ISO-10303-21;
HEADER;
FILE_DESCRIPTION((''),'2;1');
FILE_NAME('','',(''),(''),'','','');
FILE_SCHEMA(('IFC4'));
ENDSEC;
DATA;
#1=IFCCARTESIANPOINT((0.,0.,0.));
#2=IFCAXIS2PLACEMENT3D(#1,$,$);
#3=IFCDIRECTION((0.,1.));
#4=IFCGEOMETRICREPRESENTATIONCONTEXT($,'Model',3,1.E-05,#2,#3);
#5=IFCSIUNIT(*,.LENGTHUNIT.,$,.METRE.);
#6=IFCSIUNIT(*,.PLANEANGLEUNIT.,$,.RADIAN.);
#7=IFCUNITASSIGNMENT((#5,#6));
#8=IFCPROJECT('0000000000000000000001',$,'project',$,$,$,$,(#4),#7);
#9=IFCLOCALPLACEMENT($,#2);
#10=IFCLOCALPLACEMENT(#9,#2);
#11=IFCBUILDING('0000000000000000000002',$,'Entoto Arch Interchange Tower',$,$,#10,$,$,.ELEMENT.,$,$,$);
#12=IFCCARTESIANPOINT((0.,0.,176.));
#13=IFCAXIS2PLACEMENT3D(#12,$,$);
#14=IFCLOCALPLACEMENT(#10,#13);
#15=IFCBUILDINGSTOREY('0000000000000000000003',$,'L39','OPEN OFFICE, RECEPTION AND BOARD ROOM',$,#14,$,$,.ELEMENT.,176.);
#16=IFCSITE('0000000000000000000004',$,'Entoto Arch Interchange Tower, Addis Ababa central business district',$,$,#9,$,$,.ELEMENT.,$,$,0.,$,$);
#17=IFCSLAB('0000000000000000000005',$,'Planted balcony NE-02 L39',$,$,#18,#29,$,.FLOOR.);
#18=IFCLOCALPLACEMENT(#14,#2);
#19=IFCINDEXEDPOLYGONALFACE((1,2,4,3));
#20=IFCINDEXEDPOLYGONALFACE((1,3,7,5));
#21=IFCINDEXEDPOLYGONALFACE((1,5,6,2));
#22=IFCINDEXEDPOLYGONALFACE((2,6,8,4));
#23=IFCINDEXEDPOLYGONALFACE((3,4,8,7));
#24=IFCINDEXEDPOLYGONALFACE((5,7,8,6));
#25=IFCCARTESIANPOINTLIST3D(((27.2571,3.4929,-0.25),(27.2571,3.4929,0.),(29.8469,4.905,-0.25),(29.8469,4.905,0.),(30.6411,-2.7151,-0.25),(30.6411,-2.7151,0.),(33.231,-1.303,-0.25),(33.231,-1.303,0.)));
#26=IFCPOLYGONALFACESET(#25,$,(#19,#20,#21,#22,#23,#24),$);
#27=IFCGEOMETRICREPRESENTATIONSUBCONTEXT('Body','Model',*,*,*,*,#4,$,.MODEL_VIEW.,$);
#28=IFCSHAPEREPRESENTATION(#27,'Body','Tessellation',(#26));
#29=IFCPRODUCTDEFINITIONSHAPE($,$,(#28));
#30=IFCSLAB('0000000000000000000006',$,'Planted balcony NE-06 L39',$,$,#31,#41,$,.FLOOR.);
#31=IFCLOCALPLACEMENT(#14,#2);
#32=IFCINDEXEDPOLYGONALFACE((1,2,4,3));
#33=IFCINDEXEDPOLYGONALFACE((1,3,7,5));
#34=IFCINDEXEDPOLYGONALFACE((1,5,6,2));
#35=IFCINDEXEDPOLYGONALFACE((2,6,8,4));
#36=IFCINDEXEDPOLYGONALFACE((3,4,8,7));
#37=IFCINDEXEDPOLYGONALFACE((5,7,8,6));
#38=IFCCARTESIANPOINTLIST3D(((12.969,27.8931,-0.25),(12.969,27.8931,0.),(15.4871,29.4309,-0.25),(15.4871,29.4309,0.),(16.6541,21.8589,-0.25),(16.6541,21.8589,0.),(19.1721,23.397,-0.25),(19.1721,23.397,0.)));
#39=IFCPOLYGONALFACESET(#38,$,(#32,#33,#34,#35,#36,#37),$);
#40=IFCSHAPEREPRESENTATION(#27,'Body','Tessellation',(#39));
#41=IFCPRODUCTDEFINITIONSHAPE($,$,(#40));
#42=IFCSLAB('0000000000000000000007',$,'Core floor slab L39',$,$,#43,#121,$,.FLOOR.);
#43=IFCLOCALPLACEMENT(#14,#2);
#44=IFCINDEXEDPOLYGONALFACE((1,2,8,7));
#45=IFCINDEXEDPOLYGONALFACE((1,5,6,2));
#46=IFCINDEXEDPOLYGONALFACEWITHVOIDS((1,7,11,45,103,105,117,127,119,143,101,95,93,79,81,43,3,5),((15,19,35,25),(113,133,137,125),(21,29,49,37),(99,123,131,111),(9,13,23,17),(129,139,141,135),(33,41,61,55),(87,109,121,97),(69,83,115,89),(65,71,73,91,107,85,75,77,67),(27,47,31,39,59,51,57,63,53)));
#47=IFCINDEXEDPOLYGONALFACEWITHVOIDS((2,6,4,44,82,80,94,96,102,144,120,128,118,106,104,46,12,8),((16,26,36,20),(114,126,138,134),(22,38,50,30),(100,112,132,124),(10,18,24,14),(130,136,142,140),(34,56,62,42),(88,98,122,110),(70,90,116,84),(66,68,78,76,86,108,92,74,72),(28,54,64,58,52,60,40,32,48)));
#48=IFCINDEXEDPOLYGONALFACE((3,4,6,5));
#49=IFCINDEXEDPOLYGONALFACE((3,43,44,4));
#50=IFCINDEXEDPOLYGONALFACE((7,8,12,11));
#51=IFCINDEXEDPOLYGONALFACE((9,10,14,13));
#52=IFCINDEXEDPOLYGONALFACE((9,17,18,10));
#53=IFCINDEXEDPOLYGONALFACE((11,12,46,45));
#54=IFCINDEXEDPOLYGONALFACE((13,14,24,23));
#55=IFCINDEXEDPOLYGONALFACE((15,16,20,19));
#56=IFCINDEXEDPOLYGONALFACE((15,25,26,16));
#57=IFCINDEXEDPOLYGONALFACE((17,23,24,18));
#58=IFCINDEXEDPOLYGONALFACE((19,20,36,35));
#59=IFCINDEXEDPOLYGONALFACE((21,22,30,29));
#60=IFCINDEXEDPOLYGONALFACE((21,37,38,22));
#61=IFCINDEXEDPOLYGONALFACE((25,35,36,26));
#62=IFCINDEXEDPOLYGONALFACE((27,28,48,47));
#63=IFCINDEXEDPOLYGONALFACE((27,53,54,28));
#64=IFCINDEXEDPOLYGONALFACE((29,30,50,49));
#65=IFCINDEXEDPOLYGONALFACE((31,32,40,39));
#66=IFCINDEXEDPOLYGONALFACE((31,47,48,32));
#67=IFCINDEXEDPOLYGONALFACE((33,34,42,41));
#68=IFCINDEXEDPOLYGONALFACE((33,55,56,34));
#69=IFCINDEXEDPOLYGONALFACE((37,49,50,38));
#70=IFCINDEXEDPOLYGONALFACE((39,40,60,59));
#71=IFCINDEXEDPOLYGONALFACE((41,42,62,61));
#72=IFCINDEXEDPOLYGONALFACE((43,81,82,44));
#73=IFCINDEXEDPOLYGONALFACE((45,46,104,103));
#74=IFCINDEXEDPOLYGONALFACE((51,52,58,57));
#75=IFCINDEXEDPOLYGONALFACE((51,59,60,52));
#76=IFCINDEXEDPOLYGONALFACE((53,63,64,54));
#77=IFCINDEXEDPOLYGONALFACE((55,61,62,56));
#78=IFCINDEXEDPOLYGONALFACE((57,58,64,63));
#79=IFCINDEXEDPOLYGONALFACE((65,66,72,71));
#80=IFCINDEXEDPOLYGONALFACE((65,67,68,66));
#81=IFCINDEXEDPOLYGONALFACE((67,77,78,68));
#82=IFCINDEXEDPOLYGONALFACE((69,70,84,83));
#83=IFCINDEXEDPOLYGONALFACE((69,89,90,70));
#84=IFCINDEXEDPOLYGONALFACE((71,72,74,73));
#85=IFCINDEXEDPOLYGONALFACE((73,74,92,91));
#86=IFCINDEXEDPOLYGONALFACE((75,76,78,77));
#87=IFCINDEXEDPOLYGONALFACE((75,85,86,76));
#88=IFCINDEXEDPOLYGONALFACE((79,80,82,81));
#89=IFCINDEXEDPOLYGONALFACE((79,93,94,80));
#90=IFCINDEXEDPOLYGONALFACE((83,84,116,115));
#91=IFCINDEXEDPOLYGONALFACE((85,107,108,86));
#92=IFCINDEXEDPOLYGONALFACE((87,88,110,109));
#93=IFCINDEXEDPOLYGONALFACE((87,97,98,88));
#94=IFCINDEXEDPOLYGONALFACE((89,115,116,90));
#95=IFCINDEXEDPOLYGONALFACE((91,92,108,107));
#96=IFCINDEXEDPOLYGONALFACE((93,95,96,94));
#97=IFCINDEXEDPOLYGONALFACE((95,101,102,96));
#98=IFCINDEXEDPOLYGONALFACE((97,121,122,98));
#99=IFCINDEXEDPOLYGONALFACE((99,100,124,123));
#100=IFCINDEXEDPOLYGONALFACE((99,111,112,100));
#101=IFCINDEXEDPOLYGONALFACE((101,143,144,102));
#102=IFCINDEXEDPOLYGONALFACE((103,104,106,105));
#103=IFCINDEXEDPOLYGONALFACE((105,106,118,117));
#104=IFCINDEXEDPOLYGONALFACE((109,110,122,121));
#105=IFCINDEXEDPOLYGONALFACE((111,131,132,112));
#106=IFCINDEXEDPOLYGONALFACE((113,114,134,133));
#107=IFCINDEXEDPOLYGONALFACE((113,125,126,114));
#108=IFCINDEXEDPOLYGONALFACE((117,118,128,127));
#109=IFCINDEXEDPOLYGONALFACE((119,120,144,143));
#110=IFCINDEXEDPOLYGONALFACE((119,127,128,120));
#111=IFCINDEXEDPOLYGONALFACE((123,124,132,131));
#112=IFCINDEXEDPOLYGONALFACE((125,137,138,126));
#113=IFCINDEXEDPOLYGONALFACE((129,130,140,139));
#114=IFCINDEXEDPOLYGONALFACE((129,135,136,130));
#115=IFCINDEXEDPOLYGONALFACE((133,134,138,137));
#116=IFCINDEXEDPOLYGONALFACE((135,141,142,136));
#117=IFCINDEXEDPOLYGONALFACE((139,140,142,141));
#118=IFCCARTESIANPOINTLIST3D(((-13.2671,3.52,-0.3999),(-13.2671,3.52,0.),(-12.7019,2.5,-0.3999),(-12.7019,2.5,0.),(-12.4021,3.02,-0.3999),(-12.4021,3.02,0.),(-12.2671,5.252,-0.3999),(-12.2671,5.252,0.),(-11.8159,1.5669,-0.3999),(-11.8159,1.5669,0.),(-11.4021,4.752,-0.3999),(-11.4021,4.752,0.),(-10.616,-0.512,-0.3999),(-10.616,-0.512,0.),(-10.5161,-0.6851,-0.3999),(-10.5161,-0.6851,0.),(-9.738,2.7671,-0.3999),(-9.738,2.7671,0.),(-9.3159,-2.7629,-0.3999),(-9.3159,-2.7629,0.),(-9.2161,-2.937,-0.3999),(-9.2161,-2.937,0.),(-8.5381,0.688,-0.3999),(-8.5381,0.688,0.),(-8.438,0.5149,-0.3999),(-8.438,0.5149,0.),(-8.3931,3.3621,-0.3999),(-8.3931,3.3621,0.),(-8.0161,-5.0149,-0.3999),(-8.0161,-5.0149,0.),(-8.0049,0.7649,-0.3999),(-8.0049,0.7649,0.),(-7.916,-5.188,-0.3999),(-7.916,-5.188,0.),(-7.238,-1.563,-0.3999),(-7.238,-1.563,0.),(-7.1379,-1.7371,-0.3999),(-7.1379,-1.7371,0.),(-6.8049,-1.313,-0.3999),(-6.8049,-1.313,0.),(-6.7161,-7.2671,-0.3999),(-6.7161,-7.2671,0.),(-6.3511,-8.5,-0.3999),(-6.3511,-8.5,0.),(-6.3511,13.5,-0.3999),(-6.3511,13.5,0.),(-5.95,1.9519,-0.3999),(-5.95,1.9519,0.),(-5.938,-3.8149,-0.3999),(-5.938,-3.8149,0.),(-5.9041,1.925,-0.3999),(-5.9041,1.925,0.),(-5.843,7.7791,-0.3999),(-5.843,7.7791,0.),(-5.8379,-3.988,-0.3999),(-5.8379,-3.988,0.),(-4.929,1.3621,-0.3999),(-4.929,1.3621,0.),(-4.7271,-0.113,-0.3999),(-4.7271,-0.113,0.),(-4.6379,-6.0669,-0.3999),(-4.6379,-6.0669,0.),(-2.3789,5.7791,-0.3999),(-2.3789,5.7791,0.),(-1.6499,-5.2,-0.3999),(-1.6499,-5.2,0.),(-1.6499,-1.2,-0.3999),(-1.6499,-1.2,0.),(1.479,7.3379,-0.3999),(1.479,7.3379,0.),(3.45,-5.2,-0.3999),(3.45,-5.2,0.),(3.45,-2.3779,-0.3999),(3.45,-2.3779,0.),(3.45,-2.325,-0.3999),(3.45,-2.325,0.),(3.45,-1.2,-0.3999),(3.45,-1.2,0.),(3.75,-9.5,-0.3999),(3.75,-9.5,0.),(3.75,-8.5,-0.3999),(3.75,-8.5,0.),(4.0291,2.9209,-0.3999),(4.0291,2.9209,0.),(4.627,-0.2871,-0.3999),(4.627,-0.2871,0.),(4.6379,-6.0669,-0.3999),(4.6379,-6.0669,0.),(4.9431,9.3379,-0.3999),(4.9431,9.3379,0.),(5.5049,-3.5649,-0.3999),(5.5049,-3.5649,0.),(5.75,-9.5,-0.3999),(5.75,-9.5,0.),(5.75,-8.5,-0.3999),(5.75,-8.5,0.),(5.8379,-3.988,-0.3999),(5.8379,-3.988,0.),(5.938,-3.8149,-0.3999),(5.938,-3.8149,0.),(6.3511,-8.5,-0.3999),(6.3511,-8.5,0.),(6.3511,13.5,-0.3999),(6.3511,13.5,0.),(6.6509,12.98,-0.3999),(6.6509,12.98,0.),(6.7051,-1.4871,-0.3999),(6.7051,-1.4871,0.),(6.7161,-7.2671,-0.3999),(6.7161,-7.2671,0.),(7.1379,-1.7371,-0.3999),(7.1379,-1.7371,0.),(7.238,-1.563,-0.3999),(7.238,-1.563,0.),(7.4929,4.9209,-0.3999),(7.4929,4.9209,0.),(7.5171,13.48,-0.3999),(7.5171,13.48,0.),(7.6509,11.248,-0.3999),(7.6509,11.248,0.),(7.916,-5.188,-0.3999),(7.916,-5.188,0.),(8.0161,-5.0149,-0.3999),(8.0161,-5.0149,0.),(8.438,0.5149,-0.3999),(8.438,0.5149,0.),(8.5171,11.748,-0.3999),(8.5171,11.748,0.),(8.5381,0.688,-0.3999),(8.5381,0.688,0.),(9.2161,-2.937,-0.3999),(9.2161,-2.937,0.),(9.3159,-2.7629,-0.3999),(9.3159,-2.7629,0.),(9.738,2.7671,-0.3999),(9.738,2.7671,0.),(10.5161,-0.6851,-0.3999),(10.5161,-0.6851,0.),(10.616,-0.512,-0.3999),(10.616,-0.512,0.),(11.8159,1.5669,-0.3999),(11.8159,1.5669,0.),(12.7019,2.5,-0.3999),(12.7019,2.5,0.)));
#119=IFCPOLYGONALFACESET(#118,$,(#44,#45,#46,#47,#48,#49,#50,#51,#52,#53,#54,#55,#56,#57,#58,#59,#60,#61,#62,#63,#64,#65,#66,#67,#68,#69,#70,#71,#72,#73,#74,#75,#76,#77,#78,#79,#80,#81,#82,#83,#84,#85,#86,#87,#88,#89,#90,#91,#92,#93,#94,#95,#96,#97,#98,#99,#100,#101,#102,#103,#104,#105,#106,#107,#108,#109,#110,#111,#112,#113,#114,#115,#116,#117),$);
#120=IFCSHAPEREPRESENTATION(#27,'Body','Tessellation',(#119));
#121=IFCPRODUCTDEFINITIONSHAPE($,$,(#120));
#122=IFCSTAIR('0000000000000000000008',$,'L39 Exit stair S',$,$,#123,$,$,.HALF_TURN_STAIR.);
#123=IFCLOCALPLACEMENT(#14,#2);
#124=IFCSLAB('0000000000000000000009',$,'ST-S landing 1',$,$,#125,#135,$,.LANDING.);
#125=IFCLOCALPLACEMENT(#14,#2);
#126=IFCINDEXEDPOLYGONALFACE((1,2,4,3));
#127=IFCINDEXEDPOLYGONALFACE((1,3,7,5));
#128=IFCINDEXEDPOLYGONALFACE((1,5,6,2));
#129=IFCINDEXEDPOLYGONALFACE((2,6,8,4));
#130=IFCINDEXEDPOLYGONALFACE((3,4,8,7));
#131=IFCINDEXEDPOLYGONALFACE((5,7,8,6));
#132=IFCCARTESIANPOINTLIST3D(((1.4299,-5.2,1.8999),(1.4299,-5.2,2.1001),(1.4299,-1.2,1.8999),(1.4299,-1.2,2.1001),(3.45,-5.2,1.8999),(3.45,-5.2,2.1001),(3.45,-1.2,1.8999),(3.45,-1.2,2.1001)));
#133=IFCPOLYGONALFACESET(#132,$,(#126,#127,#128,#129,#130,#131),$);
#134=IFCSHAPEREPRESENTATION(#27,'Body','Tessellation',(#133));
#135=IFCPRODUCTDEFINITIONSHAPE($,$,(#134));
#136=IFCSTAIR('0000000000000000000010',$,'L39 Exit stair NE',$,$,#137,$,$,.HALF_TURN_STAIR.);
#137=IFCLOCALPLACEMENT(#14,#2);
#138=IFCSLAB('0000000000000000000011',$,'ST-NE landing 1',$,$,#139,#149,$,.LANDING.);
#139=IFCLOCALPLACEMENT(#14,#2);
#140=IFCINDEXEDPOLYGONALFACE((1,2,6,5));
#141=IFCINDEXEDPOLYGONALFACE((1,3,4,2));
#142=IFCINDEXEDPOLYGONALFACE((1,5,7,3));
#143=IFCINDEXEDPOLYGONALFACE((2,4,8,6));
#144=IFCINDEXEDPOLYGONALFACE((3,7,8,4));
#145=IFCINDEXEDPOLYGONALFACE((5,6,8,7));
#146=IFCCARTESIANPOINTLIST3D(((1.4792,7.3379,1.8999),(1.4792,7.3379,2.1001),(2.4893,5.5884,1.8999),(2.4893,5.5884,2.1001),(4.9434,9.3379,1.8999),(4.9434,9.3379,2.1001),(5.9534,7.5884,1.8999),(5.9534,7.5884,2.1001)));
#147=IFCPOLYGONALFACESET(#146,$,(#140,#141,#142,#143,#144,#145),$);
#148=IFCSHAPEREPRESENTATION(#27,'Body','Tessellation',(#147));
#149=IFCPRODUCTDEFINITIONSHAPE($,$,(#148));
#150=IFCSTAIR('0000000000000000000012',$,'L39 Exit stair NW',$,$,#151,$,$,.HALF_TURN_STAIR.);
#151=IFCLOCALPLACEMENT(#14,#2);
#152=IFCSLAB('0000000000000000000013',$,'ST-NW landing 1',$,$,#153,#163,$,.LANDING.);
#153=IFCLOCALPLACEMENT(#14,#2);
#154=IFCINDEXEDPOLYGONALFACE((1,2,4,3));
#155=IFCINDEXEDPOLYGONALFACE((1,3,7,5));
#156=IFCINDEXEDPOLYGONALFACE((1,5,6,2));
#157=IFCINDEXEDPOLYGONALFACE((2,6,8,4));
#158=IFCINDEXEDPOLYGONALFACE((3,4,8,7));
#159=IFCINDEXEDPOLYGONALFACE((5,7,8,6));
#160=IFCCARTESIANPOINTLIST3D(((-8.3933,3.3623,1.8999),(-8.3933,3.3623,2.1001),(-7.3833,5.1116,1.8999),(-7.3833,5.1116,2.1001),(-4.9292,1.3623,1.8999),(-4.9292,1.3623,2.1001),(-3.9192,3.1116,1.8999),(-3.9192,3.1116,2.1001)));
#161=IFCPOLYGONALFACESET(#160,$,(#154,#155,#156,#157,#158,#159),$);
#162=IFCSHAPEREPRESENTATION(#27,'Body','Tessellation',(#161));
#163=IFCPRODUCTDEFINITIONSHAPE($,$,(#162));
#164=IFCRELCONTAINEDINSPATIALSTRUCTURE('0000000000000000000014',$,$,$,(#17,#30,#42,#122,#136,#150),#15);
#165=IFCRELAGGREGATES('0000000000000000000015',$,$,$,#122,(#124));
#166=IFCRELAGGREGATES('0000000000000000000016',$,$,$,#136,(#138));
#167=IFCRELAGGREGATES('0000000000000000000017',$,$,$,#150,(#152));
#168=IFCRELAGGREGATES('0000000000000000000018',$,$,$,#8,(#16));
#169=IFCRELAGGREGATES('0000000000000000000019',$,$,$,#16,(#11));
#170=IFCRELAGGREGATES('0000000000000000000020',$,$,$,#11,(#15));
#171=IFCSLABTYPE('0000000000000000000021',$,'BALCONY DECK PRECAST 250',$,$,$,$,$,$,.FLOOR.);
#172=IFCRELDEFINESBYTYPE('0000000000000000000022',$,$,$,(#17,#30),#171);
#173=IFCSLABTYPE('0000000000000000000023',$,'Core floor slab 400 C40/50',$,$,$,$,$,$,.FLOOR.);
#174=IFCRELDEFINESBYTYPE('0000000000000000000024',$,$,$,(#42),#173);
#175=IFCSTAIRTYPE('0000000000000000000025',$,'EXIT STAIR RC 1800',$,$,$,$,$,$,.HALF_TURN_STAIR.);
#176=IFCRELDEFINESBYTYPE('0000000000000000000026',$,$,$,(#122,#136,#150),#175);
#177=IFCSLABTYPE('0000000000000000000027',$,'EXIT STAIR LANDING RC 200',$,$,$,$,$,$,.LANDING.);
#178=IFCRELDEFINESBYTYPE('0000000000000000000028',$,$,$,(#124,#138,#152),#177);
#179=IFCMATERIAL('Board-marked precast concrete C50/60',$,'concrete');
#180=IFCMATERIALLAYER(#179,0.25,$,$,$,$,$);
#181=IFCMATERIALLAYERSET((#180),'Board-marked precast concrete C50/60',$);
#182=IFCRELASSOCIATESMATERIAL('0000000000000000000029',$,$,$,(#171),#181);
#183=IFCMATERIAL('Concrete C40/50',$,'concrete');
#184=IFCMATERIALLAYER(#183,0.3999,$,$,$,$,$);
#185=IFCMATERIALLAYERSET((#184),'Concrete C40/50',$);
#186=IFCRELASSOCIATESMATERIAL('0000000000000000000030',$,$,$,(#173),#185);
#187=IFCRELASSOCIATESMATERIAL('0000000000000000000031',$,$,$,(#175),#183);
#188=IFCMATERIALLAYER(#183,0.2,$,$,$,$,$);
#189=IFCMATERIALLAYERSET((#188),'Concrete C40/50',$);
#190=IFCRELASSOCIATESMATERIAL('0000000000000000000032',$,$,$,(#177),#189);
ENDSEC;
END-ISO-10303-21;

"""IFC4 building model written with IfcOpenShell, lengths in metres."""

from ifc_helpers import new_model, si_unit, direction, frame, origin, place, context, subcontext, project, spatial, polyline, outline, extrude, material, layer, layer_set, type_object, element, aggregate, save


model = new_model("IFC4")

# Units and contexts
model_context = context("Model", 3, precision=1e-05, world=origin(), true_north=direction((0.0, 1.0)))
body_context = subcontext(model_context, "Body", "Model", "MODEL_VIEW")
ifc_project = project(units=[si_unit("LENGTHUNIT", "METRE"), si_unit("PLANEANGLEUNIT", "RADIAN")], contexts=[model_context])

# Site, building, storey
site_placement = place(None, origin())
site = spatial("IfcSite", under=ifc_project, at=site_placement, Name="Entoto Arch Interchange Tower, Addis Ababa central business district", CompositionType="ELEMENT", RefElevation=0.0)
building_placement = place(site_placement, origin())
building = spatial("IfcBuilding", under=site, at=building_placement, Name="Entoto Arch Interchange Tower", CompositionType="ELEMENT")
storey_placement = place(building_placement, frame((0.0, 0.0, 176.0)))
storey = spatial("IfcBuildingStorey", under=building, at=storey_placement, Name="L39", Description="OPEN OFFICE, RECEPTION AND BOARD ROOM", CompositionType="ELEMENT", Elevation=176.0)

# Slabs
ifc_material_1 = material(Name="Board-marked precast concrete C50/60", Category="concrete")
ifc_layer_1 = layer(ifc_material_1, 0.25)
ifc_layer_set_1 = layer_set([ifc_layer_1], Name="Board-marked precast concrete C50/60")
slab_type_1 = type_object("IfcSlabType", Name="BALCONY DECK PRECAST 250", PredefinedType="FLOOR", material=ifc_layer_set_1)
slab_1_placement = place(storey_placement, frame((0.0, 0.0, -0.25)))
element("IfcSlab", 1, at=slab_1_placement, inside=storey, type_object=slab_type_1, Name="Planted balcony NE-02 L39", PredefinedType="FLOOR", context=body_context, shape_type="SweptSolid", body=[
    extrude(outline(polyline([(30.6411, -2.7151), (27.2571, 3.4929), (29.8469, 4.905), (33.231, -1.303), (30.6411, -2.7151)])), origin(), (0.0, 0.0, 1.0), 0.25),
])
slab_2_placement = place(storey_placement, frame((0.0, 0.0, -0.25)))
element("IfcSlab", 2, at=slab_2_placement, inside=storey, type_object=slab_type_1, Name="Planted balcony NE-06 L39", PredefinedType="FLOOR", context=body_context, shape_type="SweptSolid", body=[
    extrude(outline(polyline([(16.6541, 21.8589), (12.969, 27.8931), (15.4871, 29.4309), (19.1721, 23.397), (16.6541, 21.8589)])), origin(), (0.0, 0.0, 1.0), 0.25),
])
ifc_material_2 = material(Name="Concrete C40/50", Category="concrete")
ifc_layer_2 = layer(ifc_material_2, 0.3999)
ifc_layer_set_2 = layer_set([ifc_layer_2], Name="Concrete C40/50")
slab_type_2 = type_object("IfcSlabType", Name="Core floor slab 400 C40/50", PredefinedType="FLOOR", material=ifc_layer_set_2)
slab_3_placement = place(storey_placement, frame((0.0, 0.0, -0.3999)))
element("IfcSlab", 3, at=slab_3_placement, inside=storey, type_object=slab_type_2, Name="Core floor slab L39", PredefinedType="FLOOR", context=body_context, shape_type="SweptSolid", body=[
    extrude(outline(polyline([(5.75, -9.5), (3.75, -9.5), (3.75, -8.5), (-6.3511, -8.5), (-12.7019, 2.5), (-12.4021, 3.02), (-13.2671, 3.52), (-12.2671, 5.252), (-11.4021, 4.752), (-6.3511, 13.5), (6.3511, 13.5), (6.6509, 12.98), (7.5171, 13.48), (8.5171, 11.748), (7.6509, 11.248), (12.7019, 2.5), (6.3511, -8.5), (5.75, -8.5), (5.75, -9.5)]), holes=[polyline([(-5.8379, -3.988), (-7.916, -5.188), (-6.7161, -7.2671), (-4.6379, -6.0669), (-5.8379, -3.988)]), polyline([(-5.938, -3.8149), (-7.1379, -1.7371), (-9.2161, -2.937), (-8.0161, -5.0149), (-5.938, -3.8149)]), polyline([(5.5049, -3.5649), (6.7051, -1.4871), (4.627, -0.2871), (3.45, -2.325), (3.45, -1.2), (-1.6499, -1.2), (-1.6499, -5.2), (3.45, -5.2), (3.45, -2.3779), (5.5049, -3.5649)]), polyline([(-8.438, 0.5149), (-10.5161, -0.6851), (-9.3159, -2.7629), (-7.238, -1.563), (-8.438, 0.5149)]), polyline([(-4.7271, -0.113), (-5.9041, 1.925), (-4.929, 1.3621), (-2.3789, 5.7791), (-5.843, 7.7791), (-8.3931, 3.3621), (-5.95, 1.9519), (-8.0049, 0.7649), (-6.8049, -1.313), (-4.7271, -0.113)]), polyline([(-8.5381, 0.688), (-9.738, 2.7671), (-11.8159, 1.5669), (-10.616, -0.512), (-8.5381, 0.688)]), polyline([(5.8379, -3.988), (4.6379, -6.0669), (6.7161, -7.2671), (7.916, -5.188), (5.8379, -3.988)]), polyline([(7.1379, -1.7371), (5.938, -3.8149), (8.0161, -5.0149), (9.2161, -2.937), (7.1379, -1.7371)]), polyline([(8.438, 0.5149), (7.238, -1.563), (9.3159, -2.7629), (10.5161, -0.6851), (8.438, 0.5149)]), polyline([(9.738, 2.7671), (8.5381, 0.688), (10.616, -0.512), (11.8159, 1.5669), (9.738, 2.7671)]), polyline([(4.0291, 2.9209), (7.4929, 4.9209), (4.9431, 9.3379), (1.479, 7.3379), (4.0291, 2.9209)])]), origin(), (0.0, 0.0, 1.0), 0.3999),
])

# Stairs, slabs
stair_type = type_object("IfcStairType", Name="EXIT STAIR RC 1800", PredefinedType="HALF_TURN_STAIR", material=ifc_material_2)
stair_1_placement = place(storey_placement, origin())
stair_1 = element("IfcStair", 4, at=stair_1_placement, inside=storey, type_object=stair_type, Name="L39 Exit stair S", PredefinedType="HALF_TURN_STAIR")
ifc_layer_3 = layer(ifc_material_2, 0.2)
ifc_layer_set_3 = layer_set([ifc_layer_3], Name="Concrete C40/50")
slab_type_3 = type_object("IfcSlabType", Name="EXIT STAIR LANDING RC 200", PredefinedType="LANDING", material=ifc_layer_set_3)
slab_4_placement = place(storey_placement, frame((0.0, 0.0, 1.8999)))
slab_4 = element("IfcSlab", 5, at=slab_4_placement, type_object=slab_type_3, Name="ST-S landing 1", PredefinedType="LANDING", context=body_context, shape_type="SweptSolid", body=[
    extrude(outline(polyline([(1.4299, -5.2), (3.45, -5.2), (3.45, -1.2), (1.4299, -1.2), (1.4299, -5.2)])), origin(), (0.0, 0.0, 1.0), 0.2002),
])
aggregate(stair_1, [slab_4])
stair_2_placement = place(storey_placement, origin())
stair_2 = element("IfcStair", 6, at=stair_2_placement, inside=storey, type_object=stair_type, Name="L39 Exit stair NE", PredefinedType="HALF_TURN_STAIR")
slab_5_placement = place(storey_placement, frame((0.0, 0.0, 1.8999)))
slab_5 = element("IfcSlab", 7, at=slab_5_placement, type_object=slab_type_3, Name="ST-NE landing 1", PredefinedType="LANDING", context=body_context, shape_type="SweptSolid", body=[
    extrude(outline(polyline([(5.9534, 7.5884), (4.9434, 9.3379), (1.4792, 7.3379), (2.4893, 5.5884), (5.9534, 7.5884)])), origin(), (0.0, 0.0, 1.0), 0.2002),
])
aggregate(stair_2, [slab_5])
stair_3_placement = place(storey_placement, origin())
stair_3 = element("IfcStair", 8, at=stair_3_placement, inside=storey, type_object=stair_type, Name="L39 Exit stair NW", PredefinedType="HALF_TURN_STAIR")
slab_6_placement = place(storey_placement, frame((0.0, 0.0, 1.8999)))
slab_6 = element("IfcSlab", 9, at=slab_6_placement, type_object=slab_type_3, Name="ST-NW landing 1", PredefinedType="LANDING", context=body_context, shape_type="SweptSolid", body=[
    extrude(outline(polyline([(-7.3833, 5.1116), (-8.3933, 3.3623), (-4.9292, 1.3623), (-3.9192, 3.1116), (-7.3833, 5.1116)])), origin(), (0.0, 0.0, 1.0), 0.2002),
])
aggregate(stair_3, [slab_6])

save(model, "model.ifc")
